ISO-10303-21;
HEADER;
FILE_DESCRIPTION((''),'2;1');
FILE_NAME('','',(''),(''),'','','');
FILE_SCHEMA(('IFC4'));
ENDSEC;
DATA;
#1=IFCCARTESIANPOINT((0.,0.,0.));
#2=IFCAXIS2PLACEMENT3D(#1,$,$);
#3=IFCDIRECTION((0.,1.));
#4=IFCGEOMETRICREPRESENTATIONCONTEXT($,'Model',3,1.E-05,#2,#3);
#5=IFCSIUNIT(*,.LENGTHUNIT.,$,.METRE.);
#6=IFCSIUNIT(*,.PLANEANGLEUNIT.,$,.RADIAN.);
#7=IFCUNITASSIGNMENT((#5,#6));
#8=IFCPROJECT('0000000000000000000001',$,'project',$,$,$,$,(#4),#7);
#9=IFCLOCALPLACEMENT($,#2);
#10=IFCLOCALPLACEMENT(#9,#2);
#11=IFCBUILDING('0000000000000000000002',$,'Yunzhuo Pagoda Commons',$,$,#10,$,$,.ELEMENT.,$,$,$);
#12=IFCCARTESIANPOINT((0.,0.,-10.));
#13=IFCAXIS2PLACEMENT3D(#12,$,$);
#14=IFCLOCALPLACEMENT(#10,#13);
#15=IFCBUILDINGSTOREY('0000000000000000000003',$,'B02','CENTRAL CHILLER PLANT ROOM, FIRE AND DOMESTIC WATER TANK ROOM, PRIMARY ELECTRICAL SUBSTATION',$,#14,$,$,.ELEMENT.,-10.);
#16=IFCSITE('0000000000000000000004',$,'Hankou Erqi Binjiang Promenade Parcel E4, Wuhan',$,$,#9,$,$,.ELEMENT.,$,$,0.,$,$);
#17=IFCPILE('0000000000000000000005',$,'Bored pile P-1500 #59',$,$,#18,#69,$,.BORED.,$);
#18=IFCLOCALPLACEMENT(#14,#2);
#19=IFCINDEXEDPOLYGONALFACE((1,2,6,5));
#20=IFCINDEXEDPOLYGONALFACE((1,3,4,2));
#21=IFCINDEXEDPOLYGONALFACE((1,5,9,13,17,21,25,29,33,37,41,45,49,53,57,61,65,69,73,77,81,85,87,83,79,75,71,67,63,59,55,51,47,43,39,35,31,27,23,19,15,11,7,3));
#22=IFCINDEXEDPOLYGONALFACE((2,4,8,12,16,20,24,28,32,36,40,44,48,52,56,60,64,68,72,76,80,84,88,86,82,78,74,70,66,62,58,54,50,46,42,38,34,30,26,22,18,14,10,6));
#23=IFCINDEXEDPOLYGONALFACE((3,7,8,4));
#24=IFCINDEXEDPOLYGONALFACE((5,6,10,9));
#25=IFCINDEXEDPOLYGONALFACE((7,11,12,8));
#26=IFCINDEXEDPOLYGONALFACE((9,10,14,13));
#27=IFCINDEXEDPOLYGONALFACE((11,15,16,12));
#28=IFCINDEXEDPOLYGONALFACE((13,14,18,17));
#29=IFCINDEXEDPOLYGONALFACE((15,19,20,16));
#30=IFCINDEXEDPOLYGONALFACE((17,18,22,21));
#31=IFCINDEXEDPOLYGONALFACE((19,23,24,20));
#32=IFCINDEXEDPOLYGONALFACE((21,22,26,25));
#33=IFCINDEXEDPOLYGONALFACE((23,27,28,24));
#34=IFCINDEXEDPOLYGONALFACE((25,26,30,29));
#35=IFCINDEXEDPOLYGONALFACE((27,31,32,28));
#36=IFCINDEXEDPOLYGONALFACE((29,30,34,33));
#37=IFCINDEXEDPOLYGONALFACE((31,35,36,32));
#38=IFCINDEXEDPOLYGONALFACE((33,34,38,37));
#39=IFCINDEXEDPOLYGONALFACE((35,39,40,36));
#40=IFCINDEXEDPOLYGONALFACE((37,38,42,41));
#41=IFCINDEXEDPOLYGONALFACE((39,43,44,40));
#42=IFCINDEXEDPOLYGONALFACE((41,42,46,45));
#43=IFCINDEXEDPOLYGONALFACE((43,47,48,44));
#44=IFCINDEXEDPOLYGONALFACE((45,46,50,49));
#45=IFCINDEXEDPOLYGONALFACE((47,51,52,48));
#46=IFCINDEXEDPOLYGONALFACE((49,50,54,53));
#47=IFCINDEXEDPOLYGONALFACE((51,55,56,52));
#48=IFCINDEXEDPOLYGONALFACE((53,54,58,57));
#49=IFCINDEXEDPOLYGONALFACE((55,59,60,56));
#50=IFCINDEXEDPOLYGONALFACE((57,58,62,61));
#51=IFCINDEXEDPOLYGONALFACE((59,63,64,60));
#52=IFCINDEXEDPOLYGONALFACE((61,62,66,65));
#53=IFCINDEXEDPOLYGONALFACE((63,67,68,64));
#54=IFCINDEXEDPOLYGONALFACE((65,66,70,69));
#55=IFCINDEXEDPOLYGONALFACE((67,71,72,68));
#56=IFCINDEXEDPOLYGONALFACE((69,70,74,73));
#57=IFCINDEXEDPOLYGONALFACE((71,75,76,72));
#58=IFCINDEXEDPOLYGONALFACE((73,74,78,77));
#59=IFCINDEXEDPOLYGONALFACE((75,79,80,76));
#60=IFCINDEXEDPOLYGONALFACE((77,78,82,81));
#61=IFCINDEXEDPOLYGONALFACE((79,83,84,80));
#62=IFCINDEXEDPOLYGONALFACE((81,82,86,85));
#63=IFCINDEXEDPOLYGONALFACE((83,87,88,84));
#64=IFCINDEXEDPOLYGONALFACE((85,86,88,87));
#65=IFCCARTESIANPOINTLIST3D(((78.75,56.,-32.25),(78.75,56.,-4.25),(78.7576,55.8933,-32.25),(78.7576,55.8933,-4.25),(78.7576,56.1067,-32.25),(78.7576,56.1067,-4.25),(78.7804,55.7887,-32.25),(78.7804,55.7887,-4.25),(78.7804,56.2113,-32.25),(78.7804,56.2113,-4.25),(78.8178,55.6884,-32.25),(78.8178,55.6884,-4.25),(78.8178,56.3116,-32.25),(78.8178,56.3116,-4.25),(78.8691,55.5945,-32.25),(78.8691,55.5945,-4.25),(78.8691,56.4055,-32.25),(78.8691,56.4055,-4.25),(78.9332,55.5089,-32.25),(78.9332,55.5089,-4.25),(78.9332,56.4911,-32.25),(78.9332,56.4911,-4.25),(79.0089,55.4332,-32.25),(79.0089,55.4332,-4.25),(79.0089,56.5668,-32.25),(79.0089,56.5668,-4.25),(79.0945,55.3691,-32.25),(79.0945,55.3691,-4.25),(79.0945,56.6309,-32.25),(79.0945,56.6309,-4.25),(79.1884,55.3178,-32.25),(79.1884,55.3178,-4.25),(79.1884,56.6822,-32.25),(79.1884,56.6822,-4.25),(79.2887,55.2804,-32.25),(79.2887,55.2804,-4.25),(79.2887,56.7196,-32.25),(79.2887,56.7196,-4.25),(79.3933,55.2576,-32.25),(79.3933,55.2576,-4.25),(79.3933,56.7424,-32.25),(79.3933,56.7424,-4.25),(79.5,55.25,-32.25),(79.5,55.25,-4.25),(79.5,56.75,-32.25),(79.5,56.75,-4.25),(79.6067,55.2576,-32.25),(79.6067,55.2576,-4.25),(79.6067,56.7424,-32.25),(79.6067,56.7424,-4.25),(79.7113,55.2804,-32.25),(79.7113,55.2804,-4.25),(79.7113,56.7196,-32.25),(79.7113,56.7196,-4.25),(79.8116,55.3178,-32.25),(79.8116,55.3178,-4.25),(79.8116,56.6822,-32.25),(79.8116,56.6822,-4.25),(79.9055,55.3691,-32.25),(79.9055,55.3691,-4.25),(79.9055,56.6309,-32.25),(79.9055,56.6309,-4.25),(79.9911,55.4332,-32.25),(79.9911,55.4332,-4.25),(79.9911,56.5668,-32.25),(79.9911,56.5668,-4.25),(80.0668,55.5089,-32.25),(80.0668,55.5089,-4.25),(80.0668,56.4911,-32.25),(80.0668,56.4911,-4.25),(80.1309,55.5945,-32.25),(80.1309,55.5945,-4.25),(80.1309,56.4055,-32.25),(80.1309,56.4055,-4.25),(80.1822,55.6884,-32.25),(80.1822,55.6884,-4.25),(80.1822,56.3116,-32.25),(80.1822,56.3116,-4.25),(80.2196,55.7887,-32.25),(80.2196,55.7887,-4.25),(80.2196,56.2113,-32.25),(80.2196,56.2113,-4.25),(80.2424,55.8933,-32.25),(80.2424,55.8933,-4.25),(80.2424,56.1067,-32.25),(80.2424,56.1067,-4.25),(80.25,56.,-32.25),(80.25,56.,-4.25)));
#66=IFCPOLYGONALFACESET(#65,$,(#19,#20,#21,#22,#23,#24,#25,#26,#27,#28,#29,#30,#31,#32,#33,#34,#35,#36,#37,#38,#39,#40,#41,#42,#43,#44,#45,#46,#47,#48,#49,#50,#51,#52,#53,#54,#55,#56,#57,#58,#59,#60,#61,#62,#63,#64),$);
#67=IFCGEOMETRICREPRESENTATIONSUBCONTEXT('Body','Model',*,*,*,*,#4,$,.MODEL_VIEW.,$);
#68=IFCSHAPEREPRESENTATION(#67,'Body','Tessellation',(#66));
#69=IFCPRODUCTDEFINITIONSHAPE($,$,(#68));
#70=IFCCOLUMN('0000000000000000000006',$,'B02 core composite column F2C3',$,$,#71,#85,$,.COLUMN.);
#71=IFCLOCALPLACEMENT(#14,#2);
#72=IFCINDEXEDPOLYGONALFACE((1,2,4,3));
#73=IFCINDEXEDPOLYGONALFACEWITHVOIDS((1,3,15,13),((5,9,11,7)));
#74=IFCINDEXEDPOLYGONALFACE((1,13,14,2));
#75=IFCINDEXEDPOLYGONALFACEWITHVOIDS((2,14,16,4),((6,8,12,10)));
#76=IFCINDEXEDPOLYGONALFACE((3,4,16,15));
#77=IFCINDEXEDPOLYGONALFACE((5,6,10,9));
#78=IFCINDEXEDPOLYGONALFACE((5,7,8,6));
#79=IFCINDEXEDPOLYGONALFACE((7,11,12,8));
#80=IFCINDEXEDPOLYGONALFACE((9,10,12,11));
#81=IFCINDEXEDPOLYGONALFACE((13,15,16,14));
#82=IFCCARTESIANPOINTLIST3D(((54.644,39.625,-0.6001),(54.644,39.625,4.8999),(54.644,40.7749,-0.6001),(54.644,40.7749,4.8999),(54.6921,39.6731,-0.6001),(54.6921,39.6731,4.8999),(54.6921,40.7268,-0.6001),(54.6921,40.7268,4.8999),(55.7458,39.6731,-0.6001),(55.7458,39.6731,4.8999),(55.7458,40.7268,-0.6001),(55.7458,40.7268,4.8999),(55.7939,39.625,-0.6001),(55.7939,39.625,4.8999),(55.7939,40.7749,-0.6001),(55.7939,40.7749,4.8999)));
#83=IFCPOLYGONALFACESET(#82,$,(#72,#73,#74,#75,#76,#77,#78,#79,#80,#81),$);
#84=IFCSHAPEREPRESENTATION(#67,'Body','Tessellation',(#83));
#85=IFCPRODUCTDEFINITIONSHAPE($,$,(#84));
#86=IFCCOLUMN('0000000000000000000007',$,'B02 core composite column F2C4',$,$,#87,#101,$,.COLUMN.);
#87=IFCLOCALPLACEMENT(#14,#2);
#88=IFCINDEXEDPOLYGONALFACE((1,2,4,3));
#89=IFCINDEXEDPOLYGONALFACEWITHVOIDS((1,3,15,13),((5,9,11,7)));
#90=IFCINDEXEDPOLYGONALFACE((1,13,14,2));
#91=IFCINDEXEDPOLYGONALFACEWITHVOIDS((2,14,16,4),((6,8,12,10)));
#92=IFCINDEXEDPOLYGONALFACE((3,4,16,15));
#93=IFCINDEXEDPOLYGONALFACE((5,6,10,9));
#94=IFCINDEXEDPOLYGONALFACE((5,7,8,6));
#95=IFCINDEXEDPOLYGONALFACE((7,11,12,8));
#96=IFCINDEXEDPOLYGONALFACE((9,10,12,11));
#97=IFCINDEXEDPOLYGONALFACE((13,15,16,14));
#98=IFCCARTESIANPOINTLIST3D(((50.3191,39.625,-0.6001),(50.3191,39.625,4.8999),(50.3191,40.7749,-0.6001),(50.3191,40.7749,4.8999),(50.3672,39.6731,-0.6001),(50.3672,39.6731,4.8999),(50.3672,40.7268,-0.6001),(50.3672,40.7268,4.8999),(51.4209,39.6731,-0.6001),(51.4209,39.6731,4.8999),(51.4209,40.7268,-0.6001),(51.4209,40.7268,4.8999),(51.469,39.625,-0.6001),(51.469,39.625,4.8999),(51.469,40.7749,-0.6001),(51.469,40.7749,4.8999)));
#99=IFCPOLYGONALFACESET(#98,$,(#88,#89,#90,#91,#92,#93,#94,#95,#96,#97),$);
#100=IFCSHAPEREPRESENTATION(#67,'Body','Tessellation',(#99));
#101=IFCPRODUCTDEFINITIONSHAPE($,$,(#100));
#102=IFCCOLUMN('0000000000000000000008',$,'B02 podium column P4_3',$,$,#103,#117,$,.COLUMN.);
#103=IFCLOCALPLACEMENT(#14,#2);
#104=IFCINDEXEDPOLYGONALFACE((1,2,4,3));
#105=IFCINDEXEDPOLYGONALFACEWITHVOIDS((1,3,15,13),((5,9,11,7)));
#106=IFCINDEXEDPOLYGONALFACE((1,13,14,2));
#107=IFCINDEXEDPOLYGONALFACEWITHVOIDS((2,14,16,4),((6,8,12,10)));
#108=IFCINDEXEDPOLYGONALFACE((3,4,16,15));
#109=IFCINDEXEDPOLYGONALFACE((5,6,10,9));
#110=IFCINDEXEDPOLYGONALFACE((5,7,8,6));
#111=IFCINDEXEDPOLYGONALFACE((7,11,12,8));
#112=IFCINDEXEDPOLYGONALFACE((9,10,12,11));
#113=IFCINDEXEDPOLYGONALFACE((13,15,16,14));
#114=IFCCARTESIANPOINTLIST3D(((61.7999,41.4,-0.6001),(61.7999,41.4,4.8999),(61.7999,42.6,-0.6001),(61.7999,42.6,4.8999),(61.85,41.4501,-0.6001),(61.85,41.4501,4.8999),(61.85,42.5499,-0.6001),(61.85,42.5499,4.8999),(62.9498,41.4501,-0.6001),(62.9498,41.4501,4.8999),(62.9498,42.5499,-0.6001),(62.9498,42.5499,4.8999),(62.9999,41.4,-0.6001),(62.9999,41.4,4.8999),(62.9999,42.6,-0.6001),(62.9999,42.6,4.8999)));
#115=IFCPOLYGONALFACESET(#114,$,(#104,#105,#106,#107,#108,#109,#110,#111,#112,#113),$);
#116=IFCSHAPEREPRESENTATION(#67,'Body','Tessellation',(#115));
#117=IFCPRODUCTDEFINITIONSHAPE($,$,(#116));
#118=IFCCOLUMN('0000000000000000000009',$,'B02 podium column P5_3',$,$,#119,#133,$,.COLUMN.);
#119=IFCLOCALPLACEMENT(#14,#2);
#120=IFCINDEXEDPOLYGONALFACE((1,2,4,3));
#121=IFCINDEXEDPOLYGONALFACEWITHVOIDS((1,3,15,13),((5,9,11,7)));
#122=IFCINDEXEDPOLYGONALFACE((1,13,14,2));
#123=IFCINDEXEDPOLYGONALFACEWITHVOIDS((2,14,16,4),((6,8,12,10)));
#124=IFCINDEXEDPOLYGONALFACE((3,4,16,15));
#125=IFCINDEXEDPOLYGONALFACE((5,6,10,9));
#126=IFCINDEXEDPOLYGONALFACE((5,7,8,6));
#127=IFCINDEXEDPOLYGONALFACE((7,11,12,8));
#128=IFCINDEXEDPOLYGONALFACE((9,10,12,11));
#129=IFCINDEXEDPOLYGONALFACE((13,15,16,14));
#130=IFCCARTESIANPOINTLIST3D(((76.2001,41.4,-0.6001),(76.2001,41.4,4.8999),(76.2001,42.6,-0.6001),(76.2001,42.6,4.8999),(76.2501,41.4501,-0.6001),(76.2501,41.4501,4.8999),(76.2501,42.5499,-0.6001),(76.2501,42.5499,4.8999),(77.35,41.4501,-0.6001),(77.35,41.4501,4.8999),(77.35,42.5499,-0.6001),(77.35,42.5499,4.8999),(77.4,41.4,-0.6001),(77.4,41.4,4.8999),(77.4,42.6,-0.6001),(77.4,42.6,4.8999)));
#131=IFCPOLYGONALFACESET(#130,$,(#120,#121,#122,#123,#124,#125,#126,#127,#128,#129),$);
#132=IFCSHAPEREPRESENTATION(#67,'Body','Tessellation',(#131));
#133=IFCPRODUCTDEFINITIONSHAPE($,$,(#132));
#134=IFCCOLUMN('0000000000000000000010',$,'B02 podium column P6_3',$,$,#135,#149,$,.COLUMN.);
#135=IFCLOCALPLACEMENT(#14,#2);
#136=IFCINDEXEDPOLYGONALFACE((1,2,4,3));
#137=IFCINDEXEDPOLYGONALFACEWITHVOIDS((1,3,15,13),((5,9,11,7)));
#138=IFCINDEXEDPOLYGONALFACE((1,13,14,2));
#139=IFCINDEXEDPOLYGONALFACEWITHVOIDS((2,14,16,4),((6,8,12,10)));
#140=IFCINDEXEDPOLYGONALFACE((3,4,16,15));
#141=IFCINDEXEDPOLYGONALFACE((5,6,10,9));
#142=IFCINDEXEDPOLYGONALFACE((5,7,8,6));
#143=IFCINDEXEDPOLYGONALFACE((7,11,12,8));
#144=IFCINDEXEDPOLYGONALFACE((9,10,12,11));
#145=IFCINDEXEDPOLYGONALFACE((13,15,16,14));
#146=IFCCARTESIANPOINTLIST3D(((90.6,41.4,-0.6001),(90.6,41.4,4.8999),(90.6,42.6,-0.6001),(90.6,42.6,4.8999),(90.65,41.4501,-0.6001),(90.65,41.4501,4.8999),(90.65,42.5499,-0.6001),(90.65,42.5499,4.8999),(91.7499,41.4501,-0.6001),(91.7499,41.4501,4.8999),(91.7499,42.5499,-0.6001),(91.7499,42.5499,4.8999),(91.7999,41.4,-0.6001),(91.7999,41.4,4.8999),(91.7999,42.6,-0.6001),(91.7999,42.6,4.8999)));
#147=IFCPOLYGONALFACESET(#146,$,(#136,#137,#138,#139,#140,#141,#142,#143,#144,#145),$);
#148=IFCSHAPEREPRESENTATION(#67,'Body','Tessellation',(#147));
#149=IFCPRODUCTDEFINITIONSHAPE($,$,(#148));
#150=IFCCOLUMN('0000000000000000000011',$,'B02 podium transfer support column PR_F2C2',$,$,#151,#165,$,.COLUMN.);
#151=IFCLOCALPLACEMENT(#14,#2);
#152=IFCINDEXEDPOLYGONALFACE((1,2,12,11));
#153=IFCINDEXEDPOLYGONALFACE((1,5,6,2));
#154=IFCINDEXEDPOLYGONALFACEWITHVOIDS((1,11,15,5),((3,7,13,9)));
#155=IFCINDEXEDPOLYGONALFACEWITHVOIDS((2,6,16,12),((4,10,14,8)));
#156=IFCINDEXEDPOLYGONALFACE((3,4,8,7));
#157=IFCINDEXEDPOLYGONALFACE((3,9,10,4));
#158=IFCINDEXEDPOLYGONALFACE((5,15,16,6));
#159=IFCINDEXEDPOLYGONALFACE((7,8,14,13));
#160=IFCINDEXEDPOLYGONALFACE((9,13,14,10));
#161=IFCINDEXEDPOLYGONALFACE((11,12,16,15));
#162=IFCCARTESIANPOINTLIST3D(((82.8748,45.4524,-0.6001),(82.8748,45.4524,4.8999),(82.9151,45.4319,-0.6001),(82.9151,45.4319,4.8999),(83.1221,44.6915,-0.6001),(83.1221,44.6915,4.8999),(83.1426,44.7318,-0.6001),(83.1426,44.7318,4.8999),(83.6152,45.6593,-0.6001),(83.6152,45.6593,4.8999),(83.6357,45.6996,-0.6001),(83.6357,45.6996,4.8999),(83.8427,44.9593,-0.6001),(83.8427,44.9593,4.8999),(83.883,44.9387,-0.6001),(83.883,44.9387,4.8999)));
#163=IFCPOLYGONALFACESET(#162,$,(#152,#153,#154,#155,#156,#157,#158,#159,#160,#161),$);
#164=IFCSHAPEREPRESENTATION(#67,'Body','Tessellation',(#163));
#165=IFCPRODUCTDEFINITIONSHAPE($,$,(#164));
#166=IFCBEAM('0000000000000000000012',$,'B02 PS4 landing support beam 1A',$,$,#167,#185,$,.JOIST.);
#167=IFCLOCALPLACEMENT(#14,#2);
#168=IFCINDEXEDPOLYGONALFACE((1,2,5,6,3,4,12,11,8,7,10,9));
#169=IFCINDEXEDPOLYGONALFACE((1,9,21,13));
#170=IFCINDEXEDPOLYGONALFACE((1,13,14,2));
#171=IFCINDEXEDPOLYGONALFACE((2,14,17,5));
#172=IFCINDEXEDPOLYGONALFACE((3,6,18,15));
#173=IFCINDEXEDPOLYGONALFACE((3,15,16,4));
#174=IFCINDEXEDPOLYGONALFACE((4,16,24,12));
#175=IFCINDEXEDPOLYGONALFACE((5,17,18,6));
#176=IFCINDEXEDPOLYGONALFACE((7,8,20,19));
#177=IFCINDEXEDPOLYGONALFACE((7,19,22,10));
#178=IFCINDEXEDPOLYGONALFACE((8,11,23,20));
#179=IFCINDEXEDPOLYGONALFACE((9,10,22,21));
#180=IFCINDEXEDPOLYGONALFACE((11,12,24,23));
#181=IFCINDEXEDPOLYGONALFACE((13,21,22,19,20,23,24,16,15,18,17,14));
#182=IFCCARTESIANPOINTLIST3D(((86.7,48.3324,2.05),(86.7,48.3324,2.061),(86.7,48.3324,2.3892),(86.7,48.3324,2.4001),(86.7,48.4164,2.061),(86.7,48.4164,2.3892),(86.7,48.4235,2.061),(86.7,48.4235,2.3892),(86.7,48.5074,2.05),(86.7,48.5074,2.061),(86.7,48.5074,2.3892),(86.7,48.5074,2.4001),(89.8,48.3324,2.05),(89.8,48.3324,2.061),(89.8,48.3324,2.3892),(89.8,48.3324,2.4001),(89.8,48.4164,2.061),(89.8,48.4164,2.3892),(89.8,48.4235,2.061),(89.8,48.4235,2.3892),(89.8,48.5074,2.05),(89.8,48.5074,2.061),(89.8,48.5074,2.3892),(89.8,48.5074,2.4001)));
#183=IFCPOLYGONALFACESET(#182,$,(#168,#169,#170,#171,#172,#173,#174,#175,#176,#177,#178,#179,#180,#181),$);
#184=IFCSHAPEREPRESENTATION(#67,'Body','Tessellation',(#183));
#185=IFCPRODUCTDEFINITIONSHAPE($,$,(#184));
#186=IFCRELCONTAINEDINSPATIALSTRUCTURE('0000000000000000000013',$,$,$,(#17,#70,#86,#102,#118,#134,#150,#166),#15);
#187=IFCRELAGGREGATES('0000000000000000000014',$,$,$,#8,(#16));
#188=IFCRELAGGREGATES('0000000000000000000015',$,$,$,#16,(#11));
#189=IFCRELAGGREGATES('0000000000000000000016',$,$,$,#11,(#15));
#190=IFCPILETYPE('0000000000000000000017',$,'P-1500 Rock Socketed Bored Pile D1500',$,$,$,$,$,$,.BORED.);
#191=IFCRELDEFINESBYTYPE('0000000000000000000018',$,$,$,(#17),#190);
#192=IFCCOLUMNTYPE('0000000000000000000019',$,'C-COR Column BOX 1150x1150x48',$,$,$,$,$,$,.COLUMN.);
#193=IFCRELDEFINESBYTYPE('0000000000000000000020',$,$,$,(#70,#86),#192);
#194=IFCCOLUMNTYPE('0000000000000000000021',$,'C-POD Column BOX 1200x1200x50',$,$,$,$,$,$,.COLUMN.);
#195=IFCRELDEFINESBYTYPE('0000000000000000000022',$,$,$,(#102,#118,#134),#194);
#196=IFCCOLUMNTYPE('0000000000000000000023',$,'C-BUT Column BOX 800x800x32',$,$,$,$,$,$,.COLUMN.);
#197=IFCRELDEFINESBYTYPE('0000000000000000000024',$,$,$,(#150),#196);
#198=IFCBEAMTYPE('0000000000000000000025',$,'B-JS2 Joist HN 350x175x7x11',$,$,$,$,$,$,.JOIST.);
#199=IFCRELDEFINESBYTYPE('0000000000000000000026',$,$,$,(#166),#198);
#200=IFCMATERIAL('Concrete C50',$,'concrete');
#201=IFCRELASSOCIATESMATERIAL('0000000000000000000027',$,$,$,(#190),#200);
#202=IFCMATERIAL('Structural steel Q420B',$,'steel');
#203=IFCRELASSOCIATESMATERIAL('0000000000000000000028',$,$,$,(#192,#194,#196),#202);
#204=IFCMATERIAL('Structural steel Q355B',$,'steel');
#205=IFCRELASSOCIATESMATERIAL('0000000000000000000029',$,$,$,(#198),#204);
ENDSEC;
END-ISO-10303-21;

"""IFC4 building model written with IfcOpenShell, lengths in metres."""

from ifc_helpers import new_model, si_unit, direction, frame, origin, origin_2d, place, context, subcontext, project, spatial, hollow_rectangle, circle, i_section, extrude, source, transform, mapped, material, material_profile, profile_set, type_object, element, save


model = new_model("IFC4")

# Units and contexts
model_context = context("Model", 3, precision=1e-05, world=origin(), true_north=direction((0.0, 1.0)))
body_context = subcontext(model_context, "Body", "Model", "MODEL_VIEW")
ifc_project = project(units=[si_unit("LENGTHUNIT", "METRE"), si_unit("PLANEANGLEUNIT", "RADIAN")], contexts=[model_context])

# Site, building, storey
site_placement = place(None, origin())
site = spatial("IfcSite", under=ifc_project, at=site_placement, Name="Hankou Erqi Binjiang Promenade Parcel E4, Wuhan", CompositionType="ELEMENT", RefElevation=0.0)
building_placement = place(site_placement, origin())
building = spatial("IfcBuilding", under=site, at=building_placement, Name="Yunzhuo Pagoda Commons", CompositionType="ELEMENT")
storey_placement = place(building_placement, frame((0.0, 0.0, -10.0)))
storey = spatial("IfcBuildingStorey", under=building, at=storey_placement, Name="B02", Description="CENTRAL CHILLER PLANT ROOM, FIRE AND DOMESTIC WATER TANK ROOM, PRIMARY ELECTRICAL SUBSTATION", CompositionType="ELEMENT", Elevation=-10.0)

# Pile
ifc_material_1 = material(Name="Concrete C50", Category="concrete")
ifc_material_profile_1 = material_profile(ifc_material_1, circle(Radius=0.75, at=origin_2d()), Name="Concrete C50")
ifc_profile_set_1 = profile_set([ifc_material_profile_1], Name="Concrete C50")
pile_type = type_object("IfcPileType", Name="P-1500 Rock Socketed Bored Pile D1500", PredefinedType="BORED", material=ifc_profile_set_1)
shared_shape_1 = source(origin(), body_context, "Body", "SweptSolid", [
    extrude(circle(Radius=0.75, at=origin_2d()), origin(), (0.0, 0.0, 1.0), 28.0),
])
for number, where, z_axis, x_axis, name in (
    (1, (79.5, 56.0, -4.25), (0.0, 0.0, -1.0), (1.0, 0.0, 0.0), "Bored pile P-1500 #59"),
):
    element("IfcPile", number, at=place(storey_placement, frame(where, z_axis=z_axis, x_axis=x_axis)), inside=storey, type_object=pile_type, Name=name, PredefinedType="BORED", context=body_context, shape_type="MappedRepresentation", body=[
        mapped(shared_shape_1, transform((0.0, 0.0, 0.0), scale=1.0)),
    ])

# Columns
ifc_material_2 = material(Name="Structural steel Q420B", Category="steel")
ifc_material_profile_2 = material_profile(ifc_material_2, hollow_rectangle(XDim=1.1499, YDim=1.1499, WallThickness=0.0481, at=origin_2d()), Name="Structural steel Q420B")
ifc_profile_set_2 = profile_set([ifc_material_profile_2], Name="Structural steel Q420B")
column_type_1 = type_object("IfcColumnType", Name="C-COR Column BOX 1150x1150x48", PredefinedType="COLUMN", material=ifc_profile_set_2)
shared_shape_2 = source(origin(), body_context, "Body", "SweptSolid", [
    extrude(hollow_rectangle(XDim=1.1499, YDim=1.1499, WallThickness=0.0481, at=origin_2d()), origin(), (0.0, 0.0, 1.0), 5.5),
])
for number, where, z_axis, x_axis, name in (
    (2, (55.219, 40.2, -0.6001), (0.0, 0.0, 1.0), (1.0, 0.0, 0.0), "B02 core composite column F2C3"),
    (3, (50.894, 40.2, -0.6001), (0.0, 0.0, 1.0), (1.0, 0.0, 0.0), "B02 core composite column F2C4"),
):
    element("IfcColumn", number, at=place(storey_placement, frame(where, z_axis=z_axis, x_axis=x_axis)), inside=storey, type_object=column_type_1, Name=name, PredefinedType="COLUMN", context=body_context, shape_type="MappedRepresentation", body=[
        mapped(shared_shape_2, transform((0.0, 0.0, 0.0), scale=1.0)),
    ])
ifc_material_profile_3 = material_profile(ifc_material_2, hollow_rectangle(XDim=1.2, YDim=1.2, WallThickness=0.05, at=origin_2d()), Name="Structural steel Q420B")
ifc_profile_set_3 = profile_set([ifc_material_profile_3], Name="Structural steel Q420B")
column_type_2 = type_object("IfcColumnType", Name="C-POD Column BOX 1200x1200x50", PredefinedType="COLUMN", material=ifc_profile_set_3)
shared_shape_3 = source(origin(), body_context, "Body", "SweptSolid", [
    extrude(hollow_rectangle(XDim=1.2, YDim=1.2, WallThickness=0.05, at=origin_2d()), origin(), (0.0, 0.0, 1.0), 5.5),
])
for number, where, z_axis, x_axis, name in (
    (4, (62.3999, 42.0, -0.6001), (0.0, 0.0, 1.0), (1.0, 0.0, 0.0), "B02 podium column P4_3"),
    (5, (76.8, 42.0, -0.6001), (0.0, 0.0, 1.0), (1.0, 0.0, 0.0), "B02 podium column P5_3"),
    (6, (91.2, 42.0, -0.6001), (0.0, 0.0, 1.0), (1.0, 0.0, 0.0), "B02 podium column P6_3"),
):
    element("IfcColumn", number, at=place(storey_placement, frame(where, z_axis=z_axis, x_axis=x_axis)), inside=storey, type_object=column_type_2, Name=name, PredefinedType="COLUMN", context=body_context, shape_type="MappedRepresentation", body=[
        mapped(shared_shape_3, transform((0.0, 0.0, 0.0), scale=1.0)),
    ])
ifc_material_profile_4 = material_profile(ifc_material_2, hollow_rectangle(XDim=0.8, YDim=0.8, WallThickness=0.032, at=origin_2d()), Name="Structural steel Q420B")
ifc_profile_set_4 = profile_set([ifc_material_profile_4], Name="Structural steel Q420B")
column_type_3 = type_object("IfcColumnType", Name="C-BUT Column BOX 800x800x32", PredefinedType="COLUMN", material=ifc_profile_set_4)
shared_shape_4 = source(origin(), body_context, "Body", "SweptSolid", [
    extrude(hollow_rectangle(XDim=0.8, YDim=0.8, WallThickness=0.032, at=origin_2d()), origin(), (0.0, 0.0, 1.0), 5.5),
])
column_placement = place(storey_placement, frame((83.3789, 45.1956, -0.6001), z_axis=(0.0, 0.0, 1.0), x_axis=(-0.309017, 0.951057, 0.0)))
element("IfcColumn", 7, at=column_placement, inside=storey, type_object=column_type_3, Name="B02 podium transfer support column PR_F2C2", PredefinedType="COLUMN", context=body_context, shape_type="MappedRepresentation", body=[
    mapped(shared_shape_4, transform((0.0, 0.0, 0.0), scale=1.0)),
])

# Beam
ifc_material_3 = material(Name="Structural steel Q355B", Category="steel")
ifc_material_profile_5 = material_profile(ifc_material_3, i_section(OverallWidth=0.175, OverallDepth=0.3501, WebThickness=0.0071, FlangeThickness=0.011, at=origin_2d()), Name="Structural steel Q355B")
ifc_profile_set_5 = profile_set([ifc_material_profile_5], Name="Structural steel Q355B")
beam_type = type_object("IfcBeamType", Name="B-JS2 Joist HN 350x175x7x11", PredefinedType="JOIST", material=ifc_profile_set_5)
shared_shape_5 = source(origin(), body_context, "Body", "SweptSolid", [
    extrude(i_section(OverallWidth=0.175, OverallDepth=0.3501, WebThickness=0.0071, FlangeThickness=0.011, at=origin_2d()), origin(), (0.0, 0.0, 1.0), 3.1001),
])
for number, where, z_axis, x_axis, name in (
    (8, (86.7, 48.4199, 2.2251), (1.0, 0.0, 0.0), (0.0, 1.0, 0.0), "B02 PS4 landing support beam 1A"),
):
    element("IfcBeam", number, at=place(storey_placement, frame(where, z_axis=z_axis, x_axis=x_axis)), inside=storey, type_object=beam_type, Name=name, PredefinedType="JOIST", context=body_context, shape_type="MappedRepresentation", body=[
        mapped(shared_shape_5, transform((0.0, 0.0, 0.0), scale=1.0)),
    ])

save(model, "model.ifc")
